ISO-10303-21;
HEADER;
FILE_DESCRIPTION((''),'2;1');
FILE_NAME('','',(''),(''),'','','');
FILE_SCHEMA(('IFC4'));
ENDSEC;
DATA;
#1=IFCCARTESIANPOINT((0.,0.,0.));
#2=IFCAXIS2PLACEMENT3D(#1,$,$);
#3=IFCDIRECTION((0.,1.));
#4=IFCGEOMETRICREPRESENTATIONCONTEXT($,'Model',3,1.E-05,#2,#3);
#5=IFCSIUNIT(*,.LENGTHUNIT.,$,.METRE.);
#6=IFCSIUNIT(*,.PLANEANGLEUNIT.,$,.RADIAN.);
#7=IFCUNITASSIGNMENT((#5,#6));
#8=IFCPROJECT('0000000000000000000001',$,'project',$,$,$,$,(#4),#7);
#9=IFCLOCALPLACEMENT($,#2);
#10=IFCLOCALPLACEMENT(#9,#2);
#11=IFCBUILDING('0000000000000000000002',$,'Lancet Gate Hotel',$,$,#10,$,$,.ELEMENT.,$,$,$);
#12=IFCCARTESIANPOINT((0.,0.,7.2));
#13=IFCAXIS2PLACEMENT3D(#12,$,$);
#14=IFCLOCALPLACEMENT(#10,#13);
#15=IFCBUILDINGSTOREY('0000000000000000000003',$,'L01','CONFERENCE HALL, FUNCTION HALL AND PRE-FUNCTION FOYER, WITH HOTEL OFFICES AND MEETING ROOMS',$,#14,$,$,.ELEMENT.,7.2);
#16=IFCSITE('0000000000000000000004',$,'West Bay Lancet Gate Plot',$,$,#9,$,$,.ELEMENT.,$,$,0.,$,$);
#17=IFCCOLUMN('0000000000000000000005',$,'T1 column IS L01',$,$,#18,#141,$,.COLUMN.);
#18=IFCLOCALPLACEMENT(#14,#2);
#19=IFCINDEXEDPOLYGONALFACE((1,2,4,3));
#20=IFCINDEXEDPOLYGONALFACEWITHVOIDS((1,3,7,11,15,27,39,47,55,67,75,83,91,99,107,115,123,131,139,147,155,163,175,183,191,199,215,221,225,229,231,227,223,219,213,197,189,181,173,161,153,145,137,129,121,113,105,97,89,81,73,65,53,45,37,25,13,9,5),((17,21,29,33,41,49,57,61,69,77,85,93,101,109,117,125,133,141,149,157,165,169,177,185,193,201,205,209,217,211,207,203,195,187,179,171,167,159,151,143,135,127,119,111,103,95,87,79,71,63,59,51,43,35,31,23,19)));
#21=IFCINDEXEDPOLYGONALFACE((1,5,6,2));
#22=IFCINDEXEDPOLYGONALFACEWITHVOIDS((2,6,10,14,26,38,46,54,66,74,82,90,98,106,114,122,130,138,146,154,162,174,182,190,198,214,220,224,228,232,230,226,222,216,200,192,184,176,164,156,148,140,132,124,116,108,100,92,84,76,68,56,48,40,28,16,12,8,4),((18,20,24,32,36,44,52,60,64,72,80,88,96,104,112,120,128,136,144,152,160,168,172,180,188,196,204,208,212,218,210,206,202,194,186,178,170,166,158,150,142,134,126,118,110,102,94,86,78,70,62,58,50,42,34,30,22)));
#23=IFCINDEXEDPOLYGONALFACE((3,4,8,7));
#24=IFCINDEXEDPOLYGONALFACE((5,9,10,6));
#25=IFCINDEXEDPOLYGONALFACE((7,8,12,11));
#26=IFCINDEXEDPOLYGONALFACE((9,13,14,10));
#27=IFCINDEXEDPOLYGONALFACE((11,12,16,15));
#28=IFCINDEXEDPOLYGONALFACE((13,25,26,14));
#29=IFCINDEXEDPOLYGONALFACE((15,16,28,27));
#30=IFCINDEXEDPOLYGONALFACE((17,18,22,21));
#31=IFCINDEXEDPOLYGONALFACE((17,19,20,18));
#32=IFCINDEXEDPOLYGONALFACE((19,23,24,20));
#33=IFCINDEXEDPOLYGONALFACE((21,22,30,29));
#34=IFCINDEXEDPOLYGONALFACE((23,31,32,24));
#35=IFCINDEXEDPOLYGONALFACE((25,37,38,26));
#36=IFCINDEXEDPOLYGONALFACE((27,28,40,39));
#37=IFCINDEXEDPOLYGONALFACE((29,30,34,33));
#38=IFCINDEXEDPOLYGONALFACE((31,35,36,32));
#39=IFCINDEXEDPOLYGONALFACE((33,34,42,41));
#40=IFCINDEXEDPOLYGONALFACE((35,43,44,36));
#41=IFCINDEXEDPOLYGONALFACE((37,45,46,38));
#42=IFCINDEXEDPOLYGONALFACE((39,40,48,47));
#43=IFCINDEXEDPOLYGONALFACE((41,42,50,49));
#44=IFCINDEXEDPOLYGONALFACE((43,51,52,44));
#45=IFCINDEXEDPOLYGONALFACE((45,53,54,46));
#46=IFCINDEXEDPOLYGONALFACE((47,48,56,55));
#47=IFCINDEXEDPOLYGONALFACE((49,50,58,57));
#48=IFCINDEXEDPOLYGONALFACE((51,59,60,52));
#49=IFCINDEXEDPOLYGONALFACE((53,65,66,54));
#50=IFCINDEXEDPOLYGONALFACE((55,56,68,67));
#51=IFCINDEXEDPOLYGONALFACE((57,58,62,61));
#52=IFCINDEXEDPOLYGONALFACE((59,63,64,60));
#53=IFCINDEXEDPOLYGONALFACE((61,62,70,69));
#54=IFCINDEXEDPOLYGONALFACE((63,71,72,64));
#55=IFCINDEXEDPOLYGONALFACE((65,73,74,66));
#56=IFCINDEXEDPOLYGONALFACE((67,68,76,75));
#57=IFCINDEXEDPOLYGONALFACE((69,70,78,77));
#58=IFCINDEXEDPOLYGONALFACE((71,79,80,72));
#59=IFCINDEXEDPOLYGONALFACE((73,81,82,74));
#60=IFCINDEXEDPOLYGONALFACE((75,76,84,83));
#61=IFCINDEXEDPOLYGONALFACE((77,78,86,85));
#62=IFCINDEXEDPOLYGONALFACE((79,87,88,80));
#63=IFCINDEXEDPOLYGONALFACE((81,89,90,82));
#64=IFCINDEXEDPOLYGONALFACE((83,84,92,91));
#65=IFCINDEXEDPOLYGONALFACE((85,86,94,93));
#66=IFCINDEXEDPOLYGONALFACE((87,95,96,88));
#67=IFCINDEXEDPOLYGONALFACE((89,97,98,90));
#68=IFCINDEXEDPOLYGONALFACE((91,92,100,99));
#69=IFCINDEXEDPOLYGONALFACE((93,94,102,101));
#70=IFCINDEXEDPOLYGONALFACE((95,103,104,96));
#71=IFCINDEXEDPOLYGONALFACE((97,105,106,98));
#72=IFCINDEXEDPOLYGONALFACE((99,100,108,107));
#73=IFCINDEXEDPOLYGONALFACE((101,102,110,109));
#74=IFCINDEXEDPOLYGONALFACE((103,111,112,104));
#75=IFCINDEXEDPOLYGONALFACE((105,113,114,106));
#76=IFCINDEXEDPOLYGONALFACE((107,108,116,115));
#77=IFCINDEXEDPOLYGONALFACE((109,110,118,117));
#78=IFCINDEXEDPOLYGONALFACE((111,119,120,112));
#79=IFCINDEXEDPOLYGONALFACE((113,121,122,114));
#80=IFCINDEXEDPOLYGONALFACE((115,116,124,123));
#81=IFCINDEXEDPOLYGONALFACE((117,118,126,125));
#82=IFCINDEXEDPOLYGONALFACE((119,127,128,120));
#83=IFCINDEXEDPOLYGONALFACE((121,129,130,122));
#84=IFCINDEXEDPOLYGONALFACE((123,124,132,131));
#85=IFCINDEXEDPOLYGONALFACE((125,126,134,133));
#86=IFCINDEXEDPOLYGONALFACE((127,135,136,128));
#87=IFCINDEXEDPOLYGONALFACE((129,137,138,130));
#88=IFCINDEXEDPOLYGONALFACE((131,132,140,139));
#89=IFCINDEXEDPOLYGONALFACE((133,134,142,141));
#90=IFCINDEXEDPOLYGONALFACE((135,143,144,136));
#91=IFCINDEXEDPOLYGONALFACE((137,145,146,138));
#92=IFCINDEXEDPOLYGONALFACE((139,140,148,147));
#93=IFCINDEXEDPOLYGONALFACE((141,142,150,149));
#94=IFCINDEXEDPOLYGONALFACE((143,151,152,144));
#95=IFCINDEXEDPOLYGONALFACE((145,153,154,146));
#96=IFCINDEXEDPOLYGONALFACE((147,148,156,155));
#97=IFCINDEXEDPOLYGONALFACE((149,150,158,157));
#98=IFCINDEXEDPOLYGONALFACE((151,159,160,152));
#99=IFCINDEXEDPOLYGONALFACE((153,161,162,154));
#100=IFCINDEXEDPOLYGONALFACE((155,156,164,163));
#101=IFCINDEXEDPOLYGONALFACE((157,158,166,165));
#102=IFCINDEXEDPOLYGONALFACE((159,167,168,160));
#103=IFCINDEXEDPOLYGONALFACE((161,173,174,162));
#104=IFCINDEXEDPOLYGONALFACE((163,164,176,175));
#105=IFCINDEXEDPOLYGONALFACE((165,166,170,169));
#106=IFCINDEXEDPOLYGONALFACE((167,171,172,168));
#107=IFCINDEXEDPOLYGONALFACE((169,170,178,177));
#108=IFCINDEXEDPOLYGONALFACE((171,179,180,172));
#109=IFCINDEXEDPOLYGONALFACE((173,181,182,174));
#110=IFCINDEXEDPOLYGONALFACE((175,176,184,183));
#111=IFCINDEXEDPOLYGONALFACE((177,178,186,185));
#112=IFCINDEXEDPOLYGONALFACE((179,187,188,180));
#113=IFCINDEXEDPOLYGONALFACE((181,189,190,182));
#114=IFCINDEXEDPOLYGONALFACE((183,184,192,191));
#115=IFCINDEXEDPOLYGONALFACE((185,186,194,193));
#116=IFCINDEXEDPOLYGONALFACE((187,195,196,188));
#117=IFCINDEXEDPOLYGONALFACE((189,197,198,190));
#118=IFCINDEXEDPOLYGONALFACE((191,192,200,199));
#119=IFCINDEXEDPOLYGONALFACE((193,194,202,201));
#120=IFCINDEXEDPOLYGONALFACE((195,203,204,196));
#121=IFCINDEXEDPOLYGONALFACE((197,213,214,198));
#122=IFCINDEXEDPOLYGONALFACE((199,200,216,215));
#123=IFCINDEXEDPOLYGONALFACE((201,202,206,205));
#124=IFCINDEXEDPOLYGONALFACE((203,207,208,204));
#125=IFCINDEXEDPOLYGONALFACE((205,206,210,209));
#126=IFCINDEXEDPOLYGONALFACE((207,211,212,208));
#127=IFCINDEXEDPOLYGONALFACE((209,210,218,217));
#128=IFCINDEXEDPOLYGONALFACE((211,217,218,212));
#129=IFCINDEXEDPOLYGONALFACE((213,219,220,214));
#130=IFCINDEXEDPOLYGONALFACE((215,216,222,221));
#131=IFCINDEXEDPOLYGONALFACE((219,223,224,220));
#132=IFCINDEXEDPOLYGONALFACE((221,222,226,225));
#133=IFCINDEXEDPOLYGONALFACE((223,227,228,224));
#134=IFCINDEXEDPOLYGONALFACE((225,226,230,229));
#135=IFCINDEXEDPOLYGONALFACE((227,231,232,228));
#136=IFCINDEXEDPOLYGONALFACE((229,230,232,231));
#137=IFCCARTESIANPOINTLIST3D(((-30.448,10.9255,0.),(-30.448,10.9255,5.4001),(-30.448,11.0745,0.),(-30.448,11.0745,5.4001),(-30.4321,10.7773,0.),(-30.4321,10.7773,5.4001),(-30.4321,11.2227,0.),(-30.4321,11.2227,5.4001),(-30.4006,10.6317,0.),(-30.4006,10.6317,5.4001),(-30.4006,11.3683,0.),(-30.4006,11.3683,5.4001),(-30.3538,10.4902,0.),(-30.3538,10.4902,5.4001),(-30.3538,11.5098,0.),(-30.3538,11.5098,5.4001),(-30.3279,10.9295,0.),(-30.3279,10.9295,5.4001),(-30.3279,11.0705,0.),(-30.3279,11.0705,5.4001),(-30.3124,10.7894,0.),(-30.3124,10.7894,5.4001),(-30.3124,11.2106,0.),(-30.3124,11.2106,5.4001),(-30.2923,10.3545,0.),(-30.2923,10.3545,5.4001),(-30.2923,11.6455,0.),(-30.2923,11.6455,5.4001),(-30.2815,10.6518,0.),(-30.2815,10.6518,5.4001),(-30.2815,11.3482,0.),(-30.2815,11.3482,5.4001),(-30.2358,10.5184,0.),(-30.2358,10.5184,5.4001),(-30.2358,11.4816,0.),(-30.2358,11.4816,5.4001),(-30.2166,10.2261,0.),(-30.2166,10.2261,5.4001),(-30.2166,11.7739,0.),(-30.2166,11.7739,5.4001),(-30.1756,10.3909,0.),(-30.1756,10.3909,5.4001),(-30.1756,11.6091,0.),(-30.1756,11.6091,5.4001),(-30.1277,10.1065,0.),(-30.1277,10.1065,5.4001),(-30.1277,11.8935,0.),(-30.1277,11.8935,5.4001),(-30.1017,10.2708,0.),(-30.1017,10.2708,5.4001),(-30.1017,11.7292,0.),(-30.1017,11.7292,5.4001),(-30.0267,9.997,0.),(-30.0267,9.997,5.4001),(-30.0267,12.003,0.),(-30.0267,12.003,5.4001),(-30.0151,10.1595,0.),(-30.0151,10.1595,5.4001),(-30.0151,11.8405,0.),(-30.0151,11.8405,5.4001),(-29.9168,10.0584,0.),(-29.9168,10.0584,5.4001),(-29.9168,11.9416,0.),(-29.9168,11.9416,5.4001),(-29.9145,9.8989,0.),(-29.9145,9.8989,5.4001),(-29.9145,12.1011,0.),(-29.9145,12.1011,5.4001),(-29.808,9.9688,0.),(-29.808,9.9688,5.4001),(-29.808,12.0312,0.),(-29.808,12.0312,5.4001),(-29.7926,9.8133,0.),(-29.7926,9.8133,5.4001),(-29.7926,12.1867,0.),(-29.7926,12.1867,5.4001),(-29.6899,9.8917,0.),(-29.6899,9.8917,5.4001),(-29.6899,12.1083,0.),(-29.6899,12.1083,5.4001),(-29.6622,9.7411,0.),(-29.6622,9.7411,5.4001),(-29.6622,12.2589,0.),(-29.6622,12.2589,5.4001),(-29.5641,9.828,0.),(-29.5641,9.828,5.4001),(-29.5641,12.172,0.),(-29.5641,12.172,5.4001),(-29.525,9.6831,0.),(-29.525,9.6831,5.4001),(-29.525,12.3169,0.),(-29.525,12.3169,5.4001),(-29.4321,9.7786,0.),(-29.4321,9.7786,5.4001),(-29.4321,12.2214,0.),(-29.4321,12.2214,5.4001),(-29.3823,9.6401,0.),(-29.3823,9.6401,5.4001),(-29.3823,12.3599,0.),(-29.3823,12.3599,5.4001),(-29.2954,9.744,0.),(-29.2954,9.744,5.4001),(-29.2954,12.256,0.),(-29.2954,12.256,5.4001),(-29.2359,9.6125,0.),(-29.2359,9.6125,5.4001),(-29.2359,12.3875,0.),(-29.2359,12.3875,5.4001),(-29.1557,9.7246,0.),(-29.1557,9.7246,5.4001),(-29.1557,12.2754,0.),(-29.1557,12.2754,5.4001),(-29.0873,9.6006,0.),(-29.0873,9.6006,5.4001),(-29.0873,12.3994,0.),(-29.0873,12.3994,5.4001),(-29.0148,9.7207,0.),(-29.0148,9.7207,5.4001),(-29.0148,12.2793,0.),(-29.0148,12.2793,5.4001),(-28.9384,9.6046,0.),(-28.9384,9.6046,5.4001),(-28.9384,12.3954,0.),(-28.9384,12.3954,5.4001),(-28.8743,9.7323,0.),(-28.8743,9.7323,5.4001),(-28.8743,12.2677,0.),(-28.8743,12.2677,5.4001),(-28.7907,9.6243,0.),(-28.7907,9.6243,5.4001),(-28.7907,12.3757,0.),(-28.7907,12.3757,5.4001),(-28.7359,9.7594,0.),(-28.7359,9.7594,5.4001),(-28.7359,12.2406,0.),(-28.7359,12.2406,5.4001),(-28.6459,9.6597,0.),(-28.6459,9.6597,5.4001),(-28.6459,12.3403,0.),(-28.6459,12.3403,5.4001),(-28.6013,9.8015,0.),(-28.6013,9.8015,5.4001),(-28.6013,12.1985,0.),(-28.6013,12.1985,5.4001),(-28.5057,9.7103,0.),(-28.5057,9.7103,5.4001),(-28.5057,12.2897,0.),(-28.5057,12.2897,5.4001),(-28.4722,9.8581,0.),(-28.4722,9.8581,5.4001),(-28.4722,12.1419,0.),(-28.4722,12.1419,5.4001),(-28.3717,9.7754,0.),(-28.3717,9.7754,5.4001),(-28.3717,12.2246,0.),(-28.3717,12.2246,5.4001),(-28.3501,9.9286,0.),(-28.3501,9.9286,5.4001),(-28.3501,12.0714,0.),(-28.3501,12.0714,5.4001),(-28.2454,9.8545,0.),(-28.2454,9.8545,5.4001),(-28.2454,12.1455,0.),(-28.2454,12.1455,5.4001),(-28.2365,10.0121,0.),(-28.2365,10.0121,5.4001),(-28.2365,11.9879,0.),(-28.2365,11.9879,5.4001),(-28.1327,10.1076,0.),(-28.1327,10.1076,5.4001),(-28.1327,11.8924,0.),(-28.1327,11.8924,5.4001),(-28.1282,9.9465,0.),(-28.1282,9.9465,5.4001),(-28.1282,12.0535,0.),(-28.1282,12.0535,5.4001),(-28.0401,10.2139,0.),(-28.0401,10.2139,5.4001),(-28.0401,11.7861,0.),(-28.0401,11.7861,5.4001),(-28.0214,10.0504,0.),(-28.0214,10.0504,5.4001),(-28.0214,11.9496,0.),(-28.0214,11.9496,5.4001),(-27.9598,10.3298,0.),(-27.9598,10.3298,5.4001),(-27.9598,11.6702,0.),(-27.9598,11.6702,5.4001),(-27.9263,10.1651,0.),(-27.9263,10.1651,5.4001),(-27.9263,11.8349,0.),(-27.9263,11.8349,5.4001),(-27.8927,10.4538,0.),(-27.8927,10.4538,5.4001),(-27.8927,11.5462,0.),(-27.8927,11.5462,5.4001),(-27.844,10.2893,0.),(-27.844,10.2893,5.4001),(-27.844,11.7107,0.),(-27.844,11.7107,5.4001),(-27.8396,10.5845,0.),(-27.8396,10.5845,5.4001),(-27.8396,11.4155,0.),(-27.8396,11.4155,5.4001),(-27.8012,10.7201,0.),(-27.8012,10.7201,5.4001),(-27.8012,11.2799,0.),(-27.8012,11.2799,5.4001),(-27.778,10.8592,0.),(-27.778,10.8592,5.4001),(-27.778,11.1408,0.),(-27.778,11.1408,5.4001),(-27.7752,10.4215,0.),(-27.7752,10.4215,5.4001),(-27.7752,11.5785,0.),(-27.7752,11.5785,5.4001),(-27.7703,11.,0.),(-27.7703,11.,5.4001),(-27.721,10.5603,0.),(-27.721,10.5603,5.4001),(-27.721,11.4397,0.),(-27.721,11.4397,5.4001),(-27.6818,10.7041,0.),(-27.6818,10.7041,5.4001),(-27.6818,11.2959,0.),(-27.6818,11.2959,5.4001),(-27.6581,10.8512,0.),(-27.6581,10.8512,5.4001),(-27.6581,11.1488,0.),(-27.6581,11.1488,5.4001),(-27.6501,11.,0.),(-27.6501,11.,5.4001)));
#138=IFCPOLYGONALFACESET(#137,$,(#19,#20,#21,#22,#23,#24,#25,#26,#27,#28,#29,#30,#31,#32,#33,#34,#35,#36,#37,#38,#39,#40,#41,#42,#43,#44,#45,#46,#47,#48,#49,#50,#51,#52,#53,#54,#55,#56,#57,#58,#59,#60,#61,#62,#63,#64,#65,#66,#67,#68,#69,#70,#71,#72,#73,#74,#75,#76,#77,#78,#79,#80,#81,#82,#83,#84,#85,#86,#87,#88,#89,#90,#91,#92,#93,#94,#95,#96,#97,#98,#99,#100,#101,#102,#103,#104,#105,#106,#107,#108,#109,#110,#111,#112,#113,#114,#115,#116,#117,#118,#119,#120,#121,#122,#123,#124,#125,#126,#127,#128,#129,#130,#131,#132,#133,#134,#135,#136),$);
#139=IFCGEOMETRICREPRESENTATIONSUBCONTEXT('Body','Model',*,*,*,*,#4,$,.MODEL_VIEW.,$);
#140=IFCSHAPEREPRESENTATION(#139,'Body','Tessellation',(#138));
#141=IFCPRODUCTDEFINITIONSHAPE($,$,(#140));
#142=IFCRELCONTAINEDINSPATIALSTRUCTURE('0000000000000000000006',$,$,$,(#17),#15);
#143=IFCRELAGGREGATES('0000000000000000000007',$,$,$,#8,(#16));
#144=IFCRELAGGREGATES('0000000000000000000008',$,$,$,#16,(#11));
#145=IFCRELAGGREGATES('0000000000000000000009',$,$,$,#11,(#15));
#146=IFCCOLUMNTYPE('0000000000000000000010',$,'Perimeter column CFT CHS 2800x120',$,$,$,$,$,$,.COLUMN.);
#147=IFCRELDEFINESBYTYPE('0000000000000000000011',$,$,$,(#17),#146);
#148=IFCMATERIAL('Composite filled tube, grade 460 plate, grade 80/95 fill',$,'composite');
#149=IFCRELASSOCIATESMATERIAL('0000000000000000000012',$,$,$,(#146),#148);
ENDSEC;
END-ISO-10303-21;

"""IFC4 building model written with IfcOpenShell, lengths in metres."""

from ifc_helpers import new_model, si_unit, direction, frame, origin, origin_2d, place, context, subcontext, project, spatial, hollow_circle, extrude, material, material_profile, profile_set, type_object, element, save


model = new_model("IFC4")

# Units and contexts
model_context = context("Model", 3, precision=1e-05, world=origin(), true_north=direction((0.0, 1.0)))
body_context = subcontext(model_context, "Body", "Model", "MODEL_VIEW")
ifc_project = project(units=[si_unit("LENGTHUNIT", "METRE"), si_unit("PLANEANGLEUNIT", "RADIAN")], contexts=[model_context])

# Site, building, storey
site_placement = place(None, origin())
site = spatial("IfcSite", under=ifc_project, at=site_placement, Name="West Bay Lancet Gate Plot", CompositionType="ELEMENT", RefElevation=0.0)
building_placement = place(site_placement, origin())
building = spatial("IfcBuilding", under=site, at=building_placement, Name="Lancet Gate Hotel", CompositionType="ELEMENT")
storey_placement = place(building_placement, frame((0.0, 0.0, 7.2)))
storey = spatial("IfcBuildingStorey", under=building, at=storey_placement, Name="L01", Description="CONFERENCE HALL, FUNCTION HALL AND PRE-FUNCTION FOYER, WITH HOTEL OFFICES AND MEETING ROOMS", CompositionType="ELEMENT", Elevation=7.2)

# Column
ifc_material_1 = material(Name="Composite filled tube, grade 460 plate, grade 80/95 fill", Category="composite")
ifc_material_profile_1 = material_profile(ifc_material_1, hollow_circle(Radius=1.3999, WallThickness=0.1201, at=origin_2d()), Name="CHS 2800x120")
ifc_profile_set_1 = profile_set([ifc_material_profile_1], Name="Composite filled tube, grade 460 plate, grade 80/95 fill")
column_type_1 = type_object("IfcColumnType", Name="Perimeter column CFT CHS 2800x120", PredefinedType="COLUMN", material=ifc_profile_set_1)
for number, where, z_axis, x_axis, name in (
    (1, (-29.05, 11.0, 0.0), (0.0, 0.0, 1.0), (1.0, 0.0, 0.0), "T1 column IS L01"),
):
    element("IfcColumn", number, at=place(storey_placement, frame(where, z_axis=z_axis, x_axis=x_axis)), inside=storey, type_object=column_type_1, Name=name, PredefinedType="COLUMN", context=body_context, shape_type="SweptSolid", body=[
        extrude(hollow_circle(Radius=1.3999, WallThickness=0.1201, at=origin_2d()), origin(), (0.0, 0.0, 1.0), 5.4001),
    ])

save(model, "model.ifc")
